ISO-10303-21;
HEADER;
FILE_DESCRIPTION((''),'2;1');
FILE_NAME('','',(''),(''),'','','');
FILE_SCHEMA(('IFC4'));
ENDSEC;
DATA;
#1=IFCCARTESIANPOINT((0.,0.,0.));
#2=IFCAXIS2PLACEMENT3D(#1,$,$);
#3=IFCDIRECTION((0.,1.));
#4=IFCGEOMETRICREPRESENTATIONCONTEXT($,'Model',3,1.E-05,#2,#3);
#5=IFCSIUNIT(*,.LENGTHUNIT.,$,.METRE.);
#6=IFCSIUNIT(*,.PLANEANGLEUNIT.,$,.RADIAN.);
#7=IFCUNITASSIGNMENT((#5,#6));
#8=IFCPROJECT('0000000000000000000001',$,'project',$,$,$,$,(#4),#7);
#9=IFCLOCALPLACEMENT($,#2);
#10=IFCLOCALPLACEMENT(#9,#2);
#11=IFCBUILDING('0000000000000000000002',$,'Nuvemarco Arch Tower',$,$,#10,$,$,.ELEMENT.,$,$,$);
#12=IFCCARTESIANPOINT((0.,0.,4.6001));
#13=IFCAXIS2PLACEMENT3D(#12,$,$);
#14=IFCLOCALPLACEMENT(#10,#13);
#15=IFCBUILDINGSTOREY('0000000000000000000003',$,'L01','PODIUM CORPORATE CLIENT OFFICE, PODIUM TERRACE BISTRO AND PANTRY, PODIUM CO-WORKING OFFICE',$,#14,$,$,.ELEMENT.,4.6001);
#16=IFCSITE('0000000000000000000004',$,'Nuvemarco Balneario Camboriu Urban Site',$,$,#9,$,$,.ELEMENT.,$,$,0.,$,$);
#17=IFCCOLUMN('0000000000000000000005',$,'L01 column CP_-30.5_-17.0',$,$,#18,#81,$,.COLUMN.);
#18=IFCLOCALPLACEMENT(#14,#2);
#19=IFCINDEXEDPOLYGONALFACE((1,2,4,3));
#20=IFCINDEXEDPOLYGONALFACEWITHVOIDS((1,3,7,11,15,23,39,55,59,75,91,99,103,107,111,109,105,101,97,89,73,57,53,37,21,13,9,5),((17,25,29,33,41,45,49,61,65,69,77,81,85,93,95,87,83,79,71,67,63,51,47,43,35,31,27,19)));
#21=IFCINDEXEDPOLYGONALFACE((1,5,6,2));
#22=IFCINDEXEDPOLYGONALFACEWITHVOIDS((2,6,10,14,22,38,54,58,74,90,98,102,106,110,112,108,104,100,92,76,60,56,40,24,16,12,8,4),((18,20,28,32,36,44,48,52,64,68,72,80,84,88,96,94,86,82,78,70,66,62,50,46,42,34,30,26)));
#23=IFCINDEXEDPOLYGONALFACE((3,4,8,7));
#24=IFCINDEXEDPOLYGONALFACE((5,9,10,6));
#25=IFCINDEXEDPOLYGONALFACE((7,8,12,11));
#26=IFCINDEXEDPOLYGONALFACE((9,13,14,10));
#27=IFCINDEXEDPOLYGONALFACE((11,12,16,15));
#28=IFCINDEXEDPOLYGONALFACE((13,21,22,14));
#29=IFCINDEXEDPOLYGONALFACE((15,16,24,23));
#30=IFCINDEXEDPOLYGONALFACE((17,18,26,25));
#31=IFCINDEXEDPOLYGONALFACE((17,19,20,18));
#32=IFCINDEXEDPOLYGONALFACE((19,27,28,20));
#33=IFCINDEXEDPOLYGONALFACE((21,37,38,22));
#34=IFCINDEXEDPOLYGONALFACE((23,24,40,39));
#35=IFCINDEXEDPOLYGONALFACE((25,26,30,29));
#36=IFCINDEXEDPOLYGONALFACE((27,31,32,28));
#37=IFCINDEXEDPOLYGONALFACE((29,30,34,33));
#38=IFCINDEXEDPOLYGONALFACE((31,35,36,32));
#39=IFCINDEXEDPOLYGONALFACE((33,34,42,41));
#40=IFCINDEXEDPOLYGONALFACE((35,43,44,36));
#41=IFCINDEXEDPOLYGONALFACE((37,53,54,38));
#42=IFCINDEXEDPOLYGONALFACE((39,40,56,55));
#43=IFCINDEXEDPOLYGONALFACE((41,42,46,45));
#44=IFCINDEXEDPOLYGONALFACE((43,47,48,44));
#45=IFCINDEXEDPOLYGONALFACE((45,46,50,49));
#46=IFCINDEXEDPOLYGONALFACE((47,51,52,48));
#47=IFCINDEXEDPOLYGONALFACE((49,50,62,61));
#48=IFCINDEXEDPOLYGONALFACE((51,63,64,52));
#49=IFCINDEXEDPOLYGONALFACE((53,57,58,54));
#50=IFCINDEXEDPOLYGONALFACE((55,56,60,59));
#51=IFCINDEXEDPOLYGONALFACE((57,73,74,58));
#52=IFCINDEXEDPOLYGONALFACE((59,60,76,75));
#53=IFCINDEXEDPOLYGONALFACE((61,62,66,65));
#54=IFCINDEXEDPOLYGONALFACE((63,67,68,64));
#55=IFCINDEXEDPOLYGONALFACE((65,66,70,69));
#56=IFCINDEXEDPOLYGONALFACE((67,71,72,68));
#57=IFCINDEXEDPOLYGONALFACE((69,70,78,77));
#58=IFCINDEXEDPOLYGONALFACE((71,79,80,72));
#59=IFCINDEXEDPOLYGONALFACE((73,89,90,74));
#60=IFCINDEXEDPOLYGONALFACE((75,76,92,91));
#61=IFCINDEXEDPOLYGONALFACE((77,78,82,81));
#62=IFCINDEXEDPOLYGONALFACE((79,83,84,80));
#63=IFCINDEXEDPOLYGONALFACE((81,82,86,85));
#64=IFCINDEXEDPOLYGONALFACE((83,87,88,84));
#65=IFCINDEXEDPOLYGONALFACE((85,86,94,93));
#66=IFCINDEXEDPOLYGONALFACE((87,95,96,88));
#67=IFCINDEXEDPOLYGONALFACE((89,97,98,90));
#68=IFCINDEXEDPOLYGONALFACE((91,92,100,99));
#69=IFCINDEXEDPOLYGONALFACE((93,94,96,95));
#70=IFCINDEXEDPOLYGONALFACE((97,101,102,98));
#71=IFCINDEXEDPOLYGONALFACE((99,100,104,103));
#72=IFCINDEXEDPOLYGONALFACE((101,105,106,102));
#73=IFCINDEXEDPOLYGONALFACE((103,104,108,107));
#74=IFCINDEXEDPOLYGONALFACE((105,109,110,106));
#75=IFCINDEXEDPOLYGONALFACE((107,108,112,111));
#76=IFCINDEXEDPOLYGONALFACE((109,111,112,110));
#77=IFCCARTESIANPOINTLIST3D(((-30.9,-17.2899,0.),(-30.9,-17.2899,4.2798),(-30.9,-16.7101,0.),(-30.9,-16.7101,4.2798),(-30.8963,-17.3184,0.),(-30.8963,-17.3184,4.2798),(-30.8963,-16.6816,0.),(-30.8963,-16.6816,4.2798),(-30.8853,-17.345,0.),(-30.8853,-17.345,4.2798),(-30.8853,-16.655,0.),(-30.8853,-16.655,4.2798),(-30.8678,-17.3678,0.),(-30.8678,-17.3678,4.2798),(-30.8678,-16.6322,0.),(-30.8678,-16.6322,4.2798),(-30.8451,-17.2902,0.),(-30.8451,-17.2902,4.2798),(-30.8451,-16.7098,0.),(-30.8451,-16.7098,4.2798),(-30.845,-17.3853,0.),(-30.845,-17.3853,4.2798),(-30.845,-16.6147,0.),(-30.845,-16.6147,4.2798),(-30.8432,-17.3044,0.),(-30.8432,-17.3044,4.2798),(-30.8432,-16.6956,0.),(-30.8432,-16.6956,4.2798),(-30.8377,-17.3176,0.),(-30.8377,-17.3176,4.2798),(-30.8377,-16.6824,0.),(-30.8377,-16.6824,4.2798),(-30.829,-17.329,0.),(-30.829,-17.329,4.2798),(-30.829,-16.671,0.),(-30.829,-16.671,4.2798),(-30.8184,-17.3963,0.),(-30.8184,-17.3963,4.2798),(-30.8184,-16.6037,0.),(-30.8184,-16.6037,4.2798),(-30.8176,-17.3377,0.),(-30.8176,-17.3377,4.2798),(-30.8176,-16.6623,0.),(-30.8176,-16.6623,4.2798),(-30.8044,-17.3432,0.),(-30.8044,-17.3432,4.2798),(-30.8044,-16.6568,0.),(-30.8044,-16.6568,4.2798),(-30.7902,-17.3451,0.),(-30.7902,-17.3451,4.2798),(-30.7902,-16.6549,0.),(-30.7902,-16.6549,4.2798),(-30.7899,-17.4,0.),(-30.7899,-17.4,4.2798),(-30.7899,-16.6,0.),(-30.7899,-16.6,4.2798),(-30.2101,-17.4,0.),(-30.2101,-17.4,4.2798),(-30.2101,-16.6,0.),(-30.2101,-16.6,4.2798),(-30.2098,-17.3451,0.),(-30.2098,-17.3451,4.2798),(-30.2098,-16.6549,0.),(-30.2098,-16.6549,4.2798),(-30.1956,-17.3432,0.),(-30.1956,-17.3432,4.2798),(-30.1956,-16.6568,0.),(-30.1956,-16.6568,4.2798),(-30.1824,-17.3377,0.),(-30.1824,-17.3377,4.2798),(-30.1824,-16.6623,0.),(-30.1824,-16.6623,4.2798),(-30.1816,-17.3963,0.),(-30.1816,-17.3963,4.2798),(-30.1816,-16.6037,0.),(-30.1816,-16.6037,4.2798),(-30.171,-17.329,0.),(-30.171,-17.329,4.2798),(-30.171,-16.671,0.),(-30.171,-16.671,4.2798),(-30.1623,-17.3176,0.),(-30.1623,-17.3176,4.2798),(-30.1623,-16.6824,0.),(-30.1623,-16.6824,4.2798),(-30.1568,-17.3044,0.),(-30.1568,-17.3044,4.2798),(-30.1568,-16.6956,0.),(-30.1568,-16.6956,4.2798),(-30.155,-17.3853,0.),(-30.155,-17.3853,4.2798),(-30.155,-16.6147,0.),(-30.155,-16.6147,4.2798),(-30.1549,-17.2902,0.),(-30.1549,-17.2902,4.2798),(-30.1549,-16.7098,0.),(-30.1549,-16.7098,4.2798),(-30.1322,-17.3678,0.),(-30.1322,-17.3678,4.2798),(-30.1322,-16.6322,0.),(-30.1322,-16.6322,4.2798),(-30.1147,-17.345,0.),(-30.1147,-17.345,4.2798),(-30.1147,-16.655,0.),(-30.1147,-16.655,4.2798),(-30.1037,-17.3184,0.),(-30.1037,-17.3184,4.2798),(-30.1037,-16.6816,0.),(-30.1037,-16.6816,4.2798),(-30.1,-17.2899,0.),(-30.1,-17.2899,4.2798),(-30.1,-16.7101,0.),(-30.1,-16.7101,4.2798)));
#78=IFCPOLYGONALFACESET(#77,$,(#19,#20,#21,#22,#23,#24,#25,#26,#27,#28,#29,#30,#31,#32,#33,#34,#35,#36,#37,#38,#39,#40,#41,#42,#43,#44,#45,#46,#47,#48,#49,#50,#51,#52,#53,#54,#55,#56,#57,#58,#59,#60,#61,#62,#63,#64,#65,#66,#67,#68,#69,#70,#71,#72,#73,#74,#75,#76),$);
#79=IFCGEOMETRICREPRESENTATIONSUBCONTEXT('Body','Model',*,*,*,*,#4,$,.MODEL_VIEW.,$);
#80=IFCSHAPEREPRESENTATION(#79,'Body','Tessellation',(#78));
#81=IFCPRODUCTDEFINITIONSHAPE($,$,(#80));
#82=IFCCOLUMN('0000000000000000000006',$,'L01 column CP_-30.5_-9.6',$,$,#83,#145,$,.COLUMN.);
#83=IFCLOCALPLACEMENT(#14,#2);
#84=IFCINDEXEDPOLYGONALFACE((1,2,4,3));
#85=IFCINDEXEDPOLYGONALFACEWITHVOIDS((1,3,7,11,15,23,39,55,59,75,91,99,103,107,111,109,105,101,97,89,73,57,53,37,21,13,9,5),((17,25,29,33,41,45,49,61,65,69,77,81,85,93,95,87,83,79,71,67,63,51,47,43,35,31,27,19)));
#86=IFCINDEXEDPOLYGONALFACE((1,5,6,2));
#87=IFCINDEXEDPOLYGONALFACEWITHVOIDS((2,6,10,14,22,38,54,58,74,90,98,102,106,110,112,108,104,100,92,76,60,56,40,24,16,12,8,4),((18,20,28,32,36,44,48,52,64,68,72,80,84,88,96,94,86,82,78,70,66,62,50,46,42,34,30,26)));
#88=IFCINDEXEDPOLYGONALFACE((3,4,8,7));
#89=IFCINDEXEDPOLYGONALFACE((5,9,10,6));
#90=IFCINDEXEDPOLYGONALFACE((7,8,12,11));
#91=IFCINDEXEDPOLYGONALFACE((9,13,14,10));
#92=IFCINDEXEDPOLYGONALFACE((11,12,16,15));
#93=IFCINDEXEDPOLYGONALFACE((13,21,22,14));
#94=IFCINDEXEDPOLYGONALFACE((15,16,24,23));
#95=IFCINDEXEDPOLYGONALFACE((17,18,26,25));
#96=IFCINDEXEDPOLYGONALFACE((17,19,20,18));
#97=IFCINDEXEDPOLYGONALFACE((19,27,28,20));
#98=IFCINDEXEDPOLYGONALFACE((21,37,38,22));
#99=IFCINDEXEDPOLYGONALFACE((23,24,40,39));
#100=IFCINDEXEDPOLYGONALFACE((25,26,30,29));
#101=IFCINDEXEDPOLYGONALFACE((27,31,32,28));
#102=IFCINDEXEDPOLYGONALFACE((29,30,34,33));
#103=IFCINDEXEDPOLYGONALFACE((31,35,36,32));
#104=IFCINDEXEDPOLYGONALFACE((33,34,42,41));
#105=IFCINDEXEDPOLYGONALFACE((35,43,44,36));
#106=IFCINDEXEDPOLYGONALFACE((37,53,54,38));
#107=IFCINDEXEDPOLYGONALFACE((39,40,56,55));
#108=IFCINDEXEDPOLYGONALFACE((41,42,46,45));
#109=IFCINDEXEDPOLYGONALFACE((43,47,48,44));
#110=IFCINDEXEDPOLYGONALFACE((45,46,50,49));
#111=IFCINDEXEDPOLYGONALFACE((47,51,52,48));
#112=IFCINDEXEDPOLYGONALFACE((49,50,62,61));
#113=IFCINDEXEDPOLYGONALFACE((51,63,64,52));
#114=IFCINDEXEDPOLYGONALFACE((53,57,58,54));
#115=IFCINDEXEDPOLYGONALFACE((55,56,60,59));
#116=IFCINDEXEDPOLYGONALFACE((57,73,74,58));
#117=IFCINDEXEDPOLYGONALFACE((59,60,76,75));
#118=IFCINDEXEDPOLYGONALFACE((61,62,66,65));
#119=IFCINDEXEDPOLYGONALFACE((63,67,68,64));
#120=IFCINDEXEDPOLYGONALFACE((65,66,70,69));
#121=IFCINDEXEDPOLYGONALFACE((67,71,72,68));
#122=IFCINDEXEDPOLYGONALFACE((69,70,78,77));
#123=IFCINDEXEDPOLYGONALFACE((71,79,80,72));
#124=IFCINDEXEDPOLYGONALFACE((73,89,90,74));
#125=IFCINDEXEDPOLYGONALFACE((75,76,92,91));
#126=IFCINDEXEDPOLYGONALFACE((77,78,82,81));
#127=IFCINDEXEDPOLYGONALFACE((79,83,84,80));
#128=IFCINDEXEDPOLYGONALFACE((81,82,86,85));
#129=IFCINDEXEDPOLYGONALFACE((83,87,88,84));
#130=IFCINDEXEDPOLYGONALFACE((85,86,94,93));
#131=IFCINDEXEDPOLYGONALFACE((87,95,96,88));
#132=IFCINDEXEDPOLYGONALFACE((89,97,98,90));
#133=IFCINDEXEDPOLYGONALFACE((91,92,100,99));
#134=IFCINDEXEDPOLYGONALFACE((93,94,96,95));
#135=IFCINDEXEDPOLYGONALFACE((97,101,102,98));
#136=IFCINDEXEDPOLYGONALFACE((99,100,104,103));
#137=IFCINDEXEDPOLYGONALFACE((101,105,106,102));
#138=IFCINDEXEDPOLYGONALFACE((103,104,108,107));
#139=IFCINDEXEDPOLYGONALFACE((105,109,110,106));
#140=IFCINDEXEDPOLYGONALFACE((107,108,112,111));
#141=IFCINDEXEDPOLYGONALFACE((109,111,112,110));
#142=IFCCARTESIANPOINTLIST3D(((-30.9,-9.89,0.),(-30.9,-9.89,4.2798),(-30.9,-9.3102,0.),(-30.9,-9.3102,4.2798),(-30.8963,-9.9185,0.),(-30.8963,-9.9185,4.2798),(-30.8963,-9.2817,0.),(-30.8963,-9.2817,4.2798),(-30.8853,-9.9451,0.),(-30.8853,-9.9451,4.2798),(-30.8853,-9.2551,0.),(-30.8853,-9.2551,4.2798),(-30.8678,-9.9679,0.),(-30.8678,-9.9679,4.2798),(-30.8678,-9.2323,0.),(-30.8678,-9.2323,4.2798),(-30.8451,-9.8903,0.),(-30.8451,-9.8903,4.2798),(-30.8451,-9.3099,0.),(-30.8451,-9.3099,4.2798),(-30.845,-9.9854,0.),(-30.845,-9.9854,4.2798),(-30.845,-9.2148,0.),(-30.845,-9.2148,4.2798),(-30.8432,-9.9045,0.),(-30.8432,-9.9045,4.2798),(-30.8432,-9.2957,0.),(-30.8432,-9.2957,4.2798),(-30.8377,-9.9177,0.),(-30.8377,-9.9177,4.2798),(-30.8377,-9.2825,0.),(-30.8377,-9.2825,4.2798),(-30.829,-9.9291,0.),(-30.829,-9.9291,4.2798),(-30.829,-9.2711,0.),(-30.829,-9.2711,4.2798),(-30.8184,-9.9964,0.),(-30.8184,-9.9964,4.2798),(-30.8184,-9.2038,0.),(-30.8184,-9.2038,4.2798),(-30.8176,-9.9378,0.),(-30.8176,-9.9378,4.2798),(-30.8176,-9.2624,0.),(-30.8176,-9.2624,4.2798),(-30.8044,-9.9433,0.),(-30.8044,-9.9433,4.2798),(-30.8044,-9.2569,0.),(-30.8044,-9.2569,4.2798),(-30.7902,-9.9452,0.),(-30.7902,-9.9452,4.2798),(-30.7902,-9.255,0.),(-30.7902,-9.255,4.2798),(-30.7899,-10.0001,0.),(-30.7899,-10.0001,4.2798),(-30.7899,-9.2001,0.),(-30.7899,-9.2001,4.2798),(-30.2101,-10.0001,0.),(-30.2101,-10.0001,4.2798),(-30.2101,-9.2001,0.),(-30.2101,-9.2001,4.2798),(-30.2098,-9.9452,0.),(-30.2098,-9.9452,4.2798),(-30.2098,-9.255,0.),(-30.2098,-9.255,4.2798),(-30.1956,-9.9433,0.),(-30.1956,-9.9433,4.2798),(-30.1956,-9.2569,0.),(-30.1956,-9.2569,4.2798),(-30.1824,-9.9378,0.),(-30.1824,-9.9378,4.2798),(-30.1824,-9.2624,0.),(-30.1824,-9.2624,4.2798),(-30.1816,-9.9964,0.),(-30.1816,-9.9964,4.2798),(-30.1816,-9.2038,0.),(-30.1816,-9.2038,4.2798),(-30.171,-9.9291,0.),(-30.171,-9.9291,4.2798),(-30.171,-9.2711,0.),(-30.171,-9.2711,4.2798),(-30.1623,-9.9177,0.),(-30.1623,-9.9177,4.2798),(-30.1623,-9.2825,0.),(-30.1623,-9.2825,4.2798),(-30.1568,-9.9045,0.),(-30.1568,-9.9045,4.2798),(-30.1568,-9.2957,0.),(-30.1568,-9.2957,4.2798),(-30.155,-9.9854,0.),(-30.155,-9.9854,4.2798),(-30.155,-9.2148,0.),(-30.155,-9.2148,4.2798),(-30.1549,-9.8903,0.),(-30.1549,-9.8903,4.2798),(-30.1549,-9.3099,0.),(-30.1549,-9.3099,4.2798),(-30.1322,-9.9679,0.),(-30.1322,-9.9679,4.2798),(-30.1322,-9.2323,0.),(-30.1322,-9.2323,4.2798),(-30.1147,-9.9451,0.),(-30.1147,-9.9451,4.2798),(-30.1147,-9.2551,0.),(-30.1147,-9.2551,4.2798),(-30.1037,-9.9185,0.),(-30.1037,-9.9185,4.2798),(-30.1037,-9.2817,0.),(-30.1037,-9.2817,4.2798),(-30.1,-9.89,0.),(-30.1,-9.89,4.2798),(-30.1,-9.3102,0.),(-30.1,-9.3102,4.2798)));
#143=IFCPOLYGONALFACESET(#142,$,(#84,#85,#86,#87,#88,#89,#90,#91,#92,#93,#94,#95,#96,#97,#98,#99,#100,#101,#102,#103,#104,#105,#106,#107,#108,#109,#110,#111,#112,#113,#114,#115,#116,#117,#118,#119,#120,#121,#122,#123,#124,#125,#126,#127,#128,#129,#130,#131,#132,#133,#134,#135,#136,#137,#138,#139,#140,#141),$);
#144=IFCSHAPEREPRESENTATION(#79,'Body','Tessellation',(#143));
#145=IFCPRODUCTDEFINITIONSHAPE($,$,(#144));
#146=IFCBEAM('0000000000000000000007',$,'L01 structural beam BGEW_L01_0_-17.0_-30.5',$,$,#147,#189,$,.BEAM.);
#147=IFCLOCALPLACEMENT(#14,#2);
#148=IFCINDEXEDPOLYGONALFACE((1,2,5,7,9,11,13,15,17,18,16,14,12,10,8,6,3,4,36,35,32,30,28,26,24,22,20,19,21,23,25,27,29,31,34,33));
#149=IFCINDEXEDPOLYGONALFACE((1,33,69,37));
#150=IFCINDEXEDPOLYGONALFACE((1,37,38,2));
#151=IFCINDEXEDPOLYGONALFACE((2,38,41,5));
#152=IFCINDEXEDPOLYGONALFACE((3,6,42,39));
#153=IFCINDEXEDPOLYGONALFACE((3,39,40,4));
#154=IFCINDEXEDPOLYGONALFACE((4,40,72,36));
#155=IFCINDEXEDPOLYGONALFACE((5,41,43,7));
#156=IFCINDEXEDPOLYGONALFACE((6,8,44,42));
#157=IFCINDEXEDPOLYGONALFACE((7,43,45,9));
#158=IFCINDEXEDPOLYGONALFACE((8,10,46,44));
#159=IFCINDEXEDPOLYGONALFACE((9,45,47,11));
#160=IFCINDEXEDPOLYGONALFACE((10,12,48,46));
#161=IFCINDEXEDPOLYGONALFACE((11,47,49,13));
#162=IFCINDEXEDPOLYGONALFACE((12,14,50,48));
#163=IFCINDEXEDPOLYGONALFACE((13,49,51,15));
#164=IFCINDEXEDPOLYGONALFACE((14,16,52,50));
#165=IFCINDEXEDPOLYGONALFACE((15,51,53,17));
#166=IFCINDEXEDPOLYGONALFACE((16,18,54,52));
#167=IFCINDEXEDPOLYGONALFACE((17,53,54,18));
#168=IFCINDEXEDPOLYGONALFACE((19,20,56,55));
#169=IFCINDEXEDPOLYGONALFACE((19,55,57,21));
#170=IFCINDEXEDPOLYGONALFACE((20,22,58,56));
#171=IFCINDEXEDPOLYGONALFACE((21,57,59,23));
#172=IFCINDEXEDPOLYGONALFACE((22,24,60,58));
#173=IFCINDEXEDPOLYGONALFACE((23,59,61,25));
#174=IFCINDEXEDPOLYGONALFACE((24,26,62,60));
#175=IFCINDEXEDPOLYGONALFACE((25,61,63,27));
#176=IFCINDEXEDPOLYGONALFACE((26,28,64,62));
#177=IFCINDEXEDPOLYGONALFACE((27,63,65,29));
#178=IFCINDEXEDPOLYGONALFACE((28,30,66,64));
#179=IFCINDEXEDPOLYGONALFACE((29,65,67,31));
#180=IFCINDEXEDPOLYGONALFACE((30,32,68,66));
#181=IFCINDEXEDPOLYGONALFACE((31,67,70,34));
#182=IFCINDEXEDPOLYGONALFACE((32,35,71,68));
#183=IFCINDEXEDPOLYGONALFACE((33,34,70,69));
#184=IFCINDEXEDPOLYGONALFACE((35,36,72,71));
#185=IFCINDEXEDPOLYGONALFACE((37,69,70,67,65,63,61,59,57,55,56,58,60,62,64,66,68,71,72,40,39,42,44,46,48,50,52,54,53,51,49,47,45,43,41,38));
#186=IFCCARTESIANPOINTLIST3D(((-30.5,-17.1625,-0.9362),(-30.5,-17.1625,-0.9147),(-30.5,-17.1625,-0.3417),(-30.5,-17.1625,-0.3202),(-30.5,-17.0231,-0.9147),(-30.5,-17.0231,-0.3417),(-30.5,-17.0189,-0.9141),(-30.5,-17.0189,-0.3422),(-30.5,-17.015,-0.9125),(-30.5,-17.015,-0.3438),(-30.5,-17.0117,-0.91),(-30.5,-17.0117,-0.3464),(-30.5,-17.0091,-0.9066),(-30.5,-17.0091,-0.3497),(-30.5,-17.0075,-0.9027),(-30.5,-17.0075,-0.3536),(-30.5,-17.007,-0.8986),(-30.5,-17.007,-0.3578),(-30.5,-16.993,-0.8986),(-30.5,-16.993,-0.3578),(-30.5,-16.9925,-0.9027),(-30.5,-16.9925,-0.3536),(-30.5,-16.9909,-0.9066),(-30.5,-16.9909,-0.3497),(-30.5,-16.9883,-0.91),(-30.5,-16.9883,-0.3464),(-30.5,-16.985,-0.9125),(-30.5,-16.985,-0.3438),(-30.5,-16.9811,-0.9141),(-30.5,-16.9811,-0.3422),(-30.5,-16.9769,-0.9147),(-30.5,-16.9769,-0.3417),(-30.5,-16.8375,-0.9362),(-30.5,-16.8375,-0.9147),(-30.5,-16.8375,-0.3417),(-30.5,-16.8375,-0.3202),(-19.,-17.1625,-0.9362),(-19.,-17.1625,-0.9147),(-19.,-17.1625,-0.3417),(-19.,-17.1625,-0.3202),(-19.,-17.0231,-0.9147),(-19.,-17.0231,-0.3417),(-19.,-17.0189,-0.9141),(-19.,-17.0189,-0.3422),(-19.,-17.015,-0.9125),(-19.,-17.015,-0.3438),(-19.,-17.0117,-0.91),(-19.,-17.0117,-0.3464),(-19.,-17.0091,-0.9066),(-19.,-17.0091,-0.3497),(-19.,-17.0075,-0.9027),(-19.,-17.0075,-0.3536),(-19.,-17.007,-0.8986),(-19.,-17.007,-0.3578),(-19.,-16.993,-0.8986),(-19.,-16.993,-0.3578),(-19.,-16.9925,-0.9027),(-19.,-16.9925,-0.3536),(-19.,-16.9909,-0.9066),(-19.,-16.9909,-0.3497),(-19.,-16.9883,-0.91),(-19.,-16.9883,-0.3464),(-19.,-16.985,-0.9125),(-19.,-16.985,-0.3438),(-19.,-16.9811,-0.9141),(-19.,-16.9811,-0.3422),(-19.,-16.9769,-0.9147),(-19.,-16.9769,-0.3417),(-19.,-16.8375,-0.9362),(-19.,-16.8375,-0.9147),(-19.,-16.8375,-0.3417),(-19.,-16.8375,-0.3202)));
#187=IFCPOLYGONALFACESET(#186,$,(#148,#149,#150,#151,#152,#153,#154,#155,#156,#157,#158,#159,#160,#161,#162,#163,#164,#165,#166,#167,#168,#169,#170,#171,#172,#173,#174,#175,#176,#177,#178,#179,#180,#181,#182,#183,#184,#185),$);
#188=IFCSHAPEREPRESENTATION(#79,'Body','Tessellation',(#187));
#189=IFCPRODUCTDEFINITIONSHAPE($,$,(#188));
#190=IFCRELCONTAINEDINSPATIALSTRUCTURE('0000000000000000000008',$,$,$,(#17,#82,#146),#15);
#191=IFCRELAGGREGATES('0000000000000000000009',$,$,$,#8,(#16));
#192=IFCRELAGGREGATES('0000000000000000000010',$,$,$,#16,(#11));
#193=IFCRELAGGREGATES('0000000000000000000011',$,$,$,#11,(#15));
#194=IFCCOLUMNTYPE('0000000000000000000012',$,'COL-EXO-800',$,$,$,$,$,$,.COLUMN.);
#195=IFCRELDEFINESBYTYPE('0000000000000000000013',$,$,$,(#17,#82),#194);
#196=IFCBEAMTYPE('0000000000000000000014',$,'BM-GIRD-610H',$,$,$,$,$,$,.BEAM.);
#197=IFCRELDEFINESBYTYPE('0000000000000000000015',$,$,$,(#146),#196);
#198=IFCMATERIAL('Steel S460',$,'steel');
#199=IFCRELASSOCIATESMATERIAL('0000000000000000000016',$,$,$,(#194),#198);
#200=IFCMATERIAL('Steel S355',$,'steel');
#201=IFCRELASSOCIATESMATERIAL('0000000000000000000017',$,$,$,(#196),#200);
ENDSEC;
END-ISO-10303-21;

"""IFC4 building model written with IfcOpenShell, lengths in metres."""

from ifc_helpers import new_model, si_unit, direction, frame, origin, origin_2d, place, context, subcontext, project, spatial, hollow_rectangle, i_section, extrude, material, material_profile, profile_set, type_object, element, save


model = new_model("IFC4")

# Units and contexts
model_context = context("Model", 3, precision=1e-05, world=origin(), true_north=direction((0.0, 1.0)))
body_context = subcontext(model_context, "Body", "Model", "MODEL_VIEW")
ifc_project = project(units=[si_unit("LENGTHUNIT", "METRE"), si_unit("PLANEANGLEUNIT", "RADIAN")], contexts=[model_context])

# Site, building, storey
site_placement = place(None, origin())
site = spatial("IfcSite", under=ifc_project, at=site_placement, Name="Nuvemarco Balneario Camboriu Urban Site", CompositionType="ELEMENT", RefElevation=0.0)
building_placement = place(site_placement, origin())
building = spatial("IfcBuilding", under=site, at=building_placement, Name="Nuvemarco Arch Tower", CompositionType="ELEMENT")
storey_placement = place(building_placement, frame((0.0, 0.0, 4.6001)))
storey = spatial("IfcBuildingStorey", under=building, at=storey_placement, Name="L01", Description="PODIUM CORPORATE CLIENT OFFICE, PODIUM TERRACE BISTRO AND PANTRY, PODIUM CO-WORKING OFFICE", CompositionType="ELEMENT", Elevation=4.6001)

# Columns
ifc_material_1 = material(Name="Steel S460", Category="steel")
ifc_material_profile_1 = material_profile(ifc_material_1, hollow_rectangle(XDim=0.8, YDim=0.8, WallThickness=0.0549, InnerFilletRadius=0.0549, OuterFilletRadius=0.1101, at=origin_2d()), Name="SHS800x800x55")
ifc_profile_set_1 = profile_set([ifc_material_profile_1], Name="Steel S460")
column_type = type_object("IfcColumnType", Name="COL-EXO-800", PredefinedType="COLUMN", material=ifc_profile_set_1)
for number, where, z_axis, x_axis, name in (
    (1, (-30.5, -17.0, 0.0), (0.0, 0.0, 1.0), (1.0, 0.0, 0.0), "L01 column CP_-30.5_-17.0"),
    (2, (-30.5, -9.6001, 0.0), (0.0, 0.0, 1.0), (1.0, 0.0, 0.0), "L01 column CP_-30.5_-9.6"),
):
    element("IfcColumn", number, at=place(storey_placement, frame(where, z_axis=z_axis, x_axis=x_axis)), inside=storey, type_object=column_type, Name=name, PredefinedType="COLUMN", context=body_context, shape_type="SweptSolid", body=[
        extrude(hollow_rectangle(XDim=0.8, YDim=0.8, WallThickness=0.0549, InnerFilletRadius=0.0549, OuterFilletRadius=0.1101, at=origin_2d()), origin(), (0.0, 0.0, 1.0), 4.2798),
    ])

# Beam
ifc_material_2 = material(Name="Steel S355", Category="steel")
ifc_material_profile_2 = material_profile(ifc_material_2, i_section(OverallWidth=0.325, OverallDepth=0.616, WebThickness=0.0139, FlangeThickness=0.0215, FilletRadius=0.0161, at=origin_2d()), Name="W610x174")
ifc_profile_set_2 = profile_set([ifc_material_profile_2], Name="Steel S355")
beam_type_1 = type_object("IfcBeamType", Name="BM-GIRD-610H", PredefinedType="BEAM", material=ifc_profile_set_2)
for number, where, z_axis, x_axis, name in (
    (3, (-30.5, -17.0, -0.6282), (1.0, 0.0, 0.0), (0.0, 1.0, 0.0), "L01 structural beam BGEW_L01_0_-17.0_-30.5"),
):
    element("IfcBeam", number, at=place(storey_placement, frame(where, z_axis=z_axis, x_axis=x_axis)), inside=storey, type_object=beam_type_1, Name=name, PredefinedType="BEAM", context=body_context, shape_type="SweptSolid", body=[
        extrude(i_section(OverallWidth=0.325, OverallDepth=0.616, WebThickness=0.0139, FlangeThickness=0.0215, FilletRadius=0.0161, at=origin_2d()), origin(), (0.0, 0.0, 1.0), 11.5),
    ])

save(model, "model.ifc")
